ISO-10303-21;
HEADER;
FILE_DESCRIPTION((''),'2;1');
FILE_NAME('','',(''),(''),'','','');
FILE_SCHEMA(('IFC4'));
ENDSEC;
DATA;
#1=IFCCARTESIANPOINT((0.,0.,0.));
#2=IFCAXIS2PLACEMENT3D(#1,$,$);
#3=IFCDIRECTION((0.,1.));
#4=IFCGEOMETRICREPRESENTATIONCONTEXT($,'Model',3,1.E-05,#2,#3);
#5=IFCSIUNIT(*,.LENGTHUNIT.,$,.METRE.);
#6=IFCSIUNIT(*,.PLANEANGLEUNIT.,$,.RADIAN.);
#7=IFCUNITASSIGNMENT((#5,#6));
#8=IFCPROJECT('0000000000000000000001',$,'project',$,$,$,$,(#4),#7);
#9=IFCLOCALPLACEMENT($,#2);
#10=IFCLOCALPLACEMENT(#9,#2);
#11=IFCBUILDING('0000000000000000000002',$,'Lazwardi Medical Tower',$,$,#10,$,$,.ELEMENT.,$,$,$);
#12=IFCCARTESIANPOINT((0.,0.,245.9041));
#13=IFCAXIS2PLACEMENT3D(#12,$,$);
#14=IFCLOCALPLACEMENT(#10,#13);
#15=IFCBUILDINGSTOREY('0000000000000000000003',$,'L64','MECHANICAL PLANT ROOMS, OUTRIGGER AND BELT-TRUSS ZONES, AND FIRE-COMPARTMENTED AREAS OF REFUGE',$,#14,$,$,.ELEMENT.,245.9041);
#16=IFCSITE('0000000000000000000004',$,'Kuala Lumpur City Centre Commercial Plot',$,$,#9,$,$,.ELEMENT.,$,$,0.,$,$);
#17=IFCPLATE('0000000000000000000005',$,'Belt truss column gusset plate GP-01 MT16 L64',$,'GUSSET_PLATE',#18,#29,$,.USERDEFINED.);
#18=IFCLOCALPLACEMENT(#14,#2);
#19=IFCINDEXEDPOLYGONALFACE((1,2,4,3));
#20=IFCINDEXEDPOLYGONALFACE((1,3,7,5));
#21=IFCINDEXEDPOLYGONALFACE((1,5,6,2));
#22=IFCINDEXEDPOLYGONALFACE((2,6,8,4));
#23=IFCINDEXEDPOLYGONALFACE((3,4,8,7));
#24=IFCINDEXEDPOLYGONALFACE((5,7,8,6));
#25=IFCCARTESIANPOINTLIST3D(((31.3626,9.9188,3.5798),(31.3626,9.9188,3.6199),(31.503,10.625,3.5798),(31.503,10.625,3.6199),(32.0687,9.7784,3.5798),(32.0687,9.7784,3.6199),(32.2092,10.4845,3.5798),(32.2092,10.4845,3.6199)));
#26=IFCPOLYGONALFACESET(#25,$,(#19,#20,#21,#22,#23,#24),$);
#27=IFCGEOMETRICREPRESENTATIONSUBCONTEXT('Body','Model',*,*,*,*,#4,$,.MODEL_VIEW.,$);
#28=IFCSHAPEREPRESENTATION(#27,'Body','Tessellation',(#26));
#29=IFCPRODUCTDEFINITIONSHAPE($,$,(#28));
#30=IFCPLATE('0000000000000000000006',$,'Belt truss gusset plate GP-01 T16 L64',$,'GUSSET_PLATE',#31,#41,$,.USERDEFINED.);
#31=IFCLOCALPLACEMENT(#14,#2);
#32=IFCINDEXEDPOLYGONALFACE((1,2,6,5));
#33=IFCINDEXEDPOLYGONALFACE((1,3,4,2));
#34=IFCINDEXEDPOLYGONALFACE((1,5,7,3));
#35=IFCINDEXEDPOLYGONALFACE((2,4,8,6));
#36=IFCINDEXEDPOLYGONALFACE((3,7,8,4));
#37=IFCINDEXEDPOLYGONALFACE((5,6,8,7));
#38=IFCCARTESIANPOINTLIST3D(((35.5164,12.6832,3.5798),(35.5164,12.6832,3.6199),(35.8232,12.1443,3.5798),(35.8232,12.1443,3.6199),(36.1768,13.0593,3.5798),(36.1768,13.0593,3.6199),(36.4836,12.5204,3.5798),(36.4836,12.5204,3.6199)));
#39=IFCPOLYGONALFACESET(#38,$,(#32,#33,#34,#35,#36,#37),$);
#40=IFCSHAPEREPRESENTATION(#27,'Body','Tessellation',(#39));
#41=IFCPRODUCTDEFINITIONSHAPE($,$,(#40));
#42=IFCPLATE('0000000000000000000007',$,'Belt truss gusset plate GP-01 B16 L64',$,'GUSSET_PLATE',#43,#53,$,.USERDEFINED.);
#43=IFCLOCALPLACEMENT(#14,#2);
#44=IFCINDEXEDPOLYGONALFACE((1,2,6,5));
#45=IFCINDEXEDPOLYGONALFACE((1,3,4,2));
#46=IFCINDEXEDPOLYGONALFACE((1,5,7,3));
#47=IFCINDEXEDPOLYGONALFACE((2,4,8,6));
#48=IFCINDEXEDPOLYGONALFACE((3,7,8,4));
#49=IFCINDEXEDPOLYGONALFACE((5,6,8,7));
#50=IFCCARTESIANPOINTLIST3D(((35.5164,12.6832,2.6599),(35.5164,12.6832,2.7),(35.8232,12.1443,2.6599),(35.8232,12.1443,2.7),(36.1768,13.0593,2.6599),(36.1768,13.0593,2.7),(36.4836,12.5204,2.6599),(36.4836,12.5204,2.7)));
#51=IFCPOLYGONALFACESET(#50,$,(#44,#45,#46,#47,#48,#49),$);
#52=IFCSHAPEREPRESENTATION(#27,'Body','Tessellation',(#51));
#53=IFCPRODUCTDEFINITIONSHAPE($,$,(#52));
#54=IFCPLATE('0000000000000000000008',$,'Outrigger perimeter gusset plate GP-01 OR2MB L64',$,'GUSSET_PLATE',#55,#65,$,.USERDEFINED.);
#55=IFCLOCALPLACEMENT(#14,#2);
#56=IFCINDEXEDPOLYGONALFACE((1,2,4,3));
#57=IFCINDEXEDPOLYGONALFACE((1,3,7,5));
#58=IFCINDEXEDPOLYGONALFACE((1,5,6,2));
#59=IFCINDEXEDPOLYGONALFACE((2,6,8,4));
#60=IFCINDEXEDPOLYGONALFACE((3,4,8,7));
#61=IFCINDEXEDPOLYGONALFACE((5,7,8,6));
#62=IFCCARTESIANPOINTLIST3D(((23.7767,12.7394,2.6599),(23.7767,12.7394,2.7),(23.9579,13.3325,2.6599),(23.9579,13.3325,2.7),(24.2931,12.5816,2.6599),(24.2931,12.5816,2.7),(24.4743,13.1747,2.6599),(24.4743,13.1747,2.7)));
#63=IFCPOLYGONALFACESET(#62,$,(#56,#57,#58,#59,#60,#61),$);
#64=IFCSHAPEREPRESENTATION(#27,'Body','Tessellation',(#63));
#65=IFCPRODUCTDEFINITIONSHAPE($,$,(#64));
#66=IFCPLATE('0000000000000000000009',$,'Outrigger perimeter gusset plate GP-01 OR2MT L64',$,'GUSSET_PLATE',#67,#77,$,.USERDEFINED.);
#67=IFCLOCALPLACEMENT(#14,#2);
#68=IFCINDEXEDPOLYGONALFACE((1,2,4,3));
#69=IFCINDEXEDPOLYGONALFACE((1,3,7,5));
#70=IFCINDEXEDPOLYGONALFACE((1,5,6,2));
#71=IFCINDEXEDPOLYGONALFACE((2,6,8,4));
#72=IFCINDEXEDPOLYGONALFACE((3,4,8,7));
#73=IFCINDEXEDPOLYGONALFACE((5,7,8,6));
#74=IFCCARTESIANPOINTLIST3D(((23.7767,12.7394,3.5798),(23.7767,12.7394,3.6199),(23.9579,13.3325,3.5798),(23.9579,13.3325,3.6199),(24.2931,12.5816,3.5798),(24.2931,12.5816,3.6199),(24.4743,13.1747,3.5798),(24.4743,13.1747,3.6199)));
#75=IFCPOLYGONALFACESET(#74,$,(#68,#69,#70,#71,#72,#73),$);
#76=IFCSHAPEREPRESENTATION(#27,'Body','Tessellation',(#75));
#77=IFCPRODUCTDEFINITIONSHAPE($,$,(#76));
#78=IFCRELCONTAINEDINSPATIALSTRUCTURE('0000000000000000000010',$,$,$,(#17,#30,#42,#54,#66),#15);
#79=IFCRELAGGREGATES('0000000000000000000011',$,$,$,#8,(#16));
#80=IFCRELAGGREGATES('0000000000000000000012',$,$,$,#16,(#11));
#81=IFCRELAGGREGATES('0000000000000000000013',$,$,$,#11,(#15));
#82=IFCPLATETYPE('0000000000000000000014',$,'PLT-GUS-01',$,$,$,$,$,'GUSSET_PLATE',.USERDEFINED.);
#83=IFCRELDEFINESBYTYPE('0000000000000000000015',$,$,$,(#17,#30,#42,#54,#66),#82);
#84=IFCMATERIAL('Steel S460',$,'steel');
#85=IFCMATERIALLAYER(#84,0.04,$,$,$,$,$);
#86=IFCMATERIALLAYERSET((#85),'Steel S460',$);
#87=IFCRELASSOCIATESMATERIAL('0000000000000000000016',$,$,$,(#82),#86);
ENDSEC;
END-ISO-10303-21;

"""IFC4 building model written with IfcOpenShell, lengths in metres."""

from ifc_helpers import new_model, si_unit, direction, frame, origin, origin_2d, place, context, subcontext, project, spatial, rectangle, extrude, material, layer, layer_set, type_object, element, save


model = new_model("IFC4")

# Units and contexts
model_context = context("Model", 3, precision=1e-05, world=origin(), true_north=direction((0.0, 1.0)))
body_context = subcontext(model_context, "Body", "Model", "MODEL_VIEW")
ifc_project = project(units=[si_unit("LENGTHUNIT", "METRE"), si_unit("PLANEANGLEUNIT", "RADIAN")], contexts=[model_context])

# Site, building, storey
site_placement = place(None, origin())
site = spatial("IfcSite", under=ifc_project, at=site_placement, Name="Kuala Lumpur City Centre Commercial Plot", CompositionType="ELEMENT", RefElevation=0.0)
building_placement = place(site_placement, origin())
building = spatial("IfcBuilding", under=site, at=building_placement, Name="Lazwardi Medical Tower", CompositionType="ELEMENT")
storey_placement = place(building_placement, frame((0.0, 0.0, 245.9041)))
storey = spatial("IfcBuildingStorey", under=building, at=storey_placement, Name="L64", Description="MECHANICAL PLANT ROOMS, OUTRIGGER AND BELT-TRUSS ZONES, AND FIRE-COMPARTMENTED AREAS OF REFUGE", CompositionType="ELEMENT", Elevation=245.9041)

# Shared definitions
ifc_material_1 = material(Name="Steel S460", Category="steel")

# Plates
ifc_layer = layer(ifc_material_1, 0.04)
ifc_layer_set = layer_set([ifc_layer], Name="Steel S460")
plate_type = type_object("IfcPlateType", Name="PLT-GUS-01", ElementType="GUSSET_PLATE", PredefinedType="USERDEFINED", material=ifc_layer_set)
for number, where, z_axis, x_axis, name in (
    (1, (31.7859, 10.2017, 3.5798), (0.0, 0.0, 1.0), (-0.19509, -0.980785, 0.0), "Belt truss column gusset plate GP-01 MT16 L64"),
):
    element("IfcPlate", number, at=place(storey_placement, frame(where, z_axis=z_axis, x_axis=x_axis)), inside=storey, type_object=plate_type, Name=name, ObjectType="GUSSET_PLATE", PredefinedType="USERDEFINED", context=body_context, shape_type="SweptSolid", body=[
        extrude(rectangle(XDim=0.72, YDim=0.72, at=origin_2d()), origin(), (0.0, 0.0, 1.0), 0.04),
    ])
for number, where, z_axis, x_axis, name in (
    (2, (36.0, 12.6018, 3.5798), (0.0, 0.0, 1.0), (0.868977, 0.494852, 0.0), "Belt truss gusset plate GP-01 T16 L64"),
    (3, (36.0, 12.6018, 2.6599), (0.0, 0.0, 1.0), (0.868977, 0.494852, 0.0), "Belt truss gusset plate GP-01 B16 L64"),
):
    element("IfcPlate", number, at=place(storey_placement, frame(where, z_axis=z_axis, x_axis=x_axis)), inside=storey, type_object=plate_type, Name=name, ObjectType="GUSSET_PLATE", PredefinedType="USERDEFINED", context=body_context, shape_type="SweptSolid", body=[
        extrude(rectangle(XDim=0.76, YDim=0.6201, at=origin_2d()), origin(), (0.0, 0.0, 1.0), 0.04),
    ])
for number, where, z_axis, x_axis, name in (
    (4, (24.1255, 12.957, 2.6599), (0.0, 0.0, 1.0), (-0.292205, -0.956356, 0.0), "Outrigger perimeter gusset plate GP-01 OR2MB L64"),
    (5, (24.1255, 12.957, 3.5798), (0.0, 0.0, 1.0), (-0.292205, -0.956356, 0.0), "Outrigger perimeter gusset plate GP-01 OR2MT L64"),
):
    element("IfcPlate", number, at=place(storey_placement, frame(where, z_axis=z_axis, x_axis=x_axis)), inside=storey, type_object=plate_type, Name=name, ObjectType="GUSSET_PLATE", PredefinedType="USERDEFINED", context=body_context, shape_type="SweptSolid", body=[
        extrude(rectangle(XDim=0.6201, YDim=0.54, at=origin_2d()), origin(), (0.0, 0.0, 1.0), 0.04),
    ])

save(model, "model.ifc")
